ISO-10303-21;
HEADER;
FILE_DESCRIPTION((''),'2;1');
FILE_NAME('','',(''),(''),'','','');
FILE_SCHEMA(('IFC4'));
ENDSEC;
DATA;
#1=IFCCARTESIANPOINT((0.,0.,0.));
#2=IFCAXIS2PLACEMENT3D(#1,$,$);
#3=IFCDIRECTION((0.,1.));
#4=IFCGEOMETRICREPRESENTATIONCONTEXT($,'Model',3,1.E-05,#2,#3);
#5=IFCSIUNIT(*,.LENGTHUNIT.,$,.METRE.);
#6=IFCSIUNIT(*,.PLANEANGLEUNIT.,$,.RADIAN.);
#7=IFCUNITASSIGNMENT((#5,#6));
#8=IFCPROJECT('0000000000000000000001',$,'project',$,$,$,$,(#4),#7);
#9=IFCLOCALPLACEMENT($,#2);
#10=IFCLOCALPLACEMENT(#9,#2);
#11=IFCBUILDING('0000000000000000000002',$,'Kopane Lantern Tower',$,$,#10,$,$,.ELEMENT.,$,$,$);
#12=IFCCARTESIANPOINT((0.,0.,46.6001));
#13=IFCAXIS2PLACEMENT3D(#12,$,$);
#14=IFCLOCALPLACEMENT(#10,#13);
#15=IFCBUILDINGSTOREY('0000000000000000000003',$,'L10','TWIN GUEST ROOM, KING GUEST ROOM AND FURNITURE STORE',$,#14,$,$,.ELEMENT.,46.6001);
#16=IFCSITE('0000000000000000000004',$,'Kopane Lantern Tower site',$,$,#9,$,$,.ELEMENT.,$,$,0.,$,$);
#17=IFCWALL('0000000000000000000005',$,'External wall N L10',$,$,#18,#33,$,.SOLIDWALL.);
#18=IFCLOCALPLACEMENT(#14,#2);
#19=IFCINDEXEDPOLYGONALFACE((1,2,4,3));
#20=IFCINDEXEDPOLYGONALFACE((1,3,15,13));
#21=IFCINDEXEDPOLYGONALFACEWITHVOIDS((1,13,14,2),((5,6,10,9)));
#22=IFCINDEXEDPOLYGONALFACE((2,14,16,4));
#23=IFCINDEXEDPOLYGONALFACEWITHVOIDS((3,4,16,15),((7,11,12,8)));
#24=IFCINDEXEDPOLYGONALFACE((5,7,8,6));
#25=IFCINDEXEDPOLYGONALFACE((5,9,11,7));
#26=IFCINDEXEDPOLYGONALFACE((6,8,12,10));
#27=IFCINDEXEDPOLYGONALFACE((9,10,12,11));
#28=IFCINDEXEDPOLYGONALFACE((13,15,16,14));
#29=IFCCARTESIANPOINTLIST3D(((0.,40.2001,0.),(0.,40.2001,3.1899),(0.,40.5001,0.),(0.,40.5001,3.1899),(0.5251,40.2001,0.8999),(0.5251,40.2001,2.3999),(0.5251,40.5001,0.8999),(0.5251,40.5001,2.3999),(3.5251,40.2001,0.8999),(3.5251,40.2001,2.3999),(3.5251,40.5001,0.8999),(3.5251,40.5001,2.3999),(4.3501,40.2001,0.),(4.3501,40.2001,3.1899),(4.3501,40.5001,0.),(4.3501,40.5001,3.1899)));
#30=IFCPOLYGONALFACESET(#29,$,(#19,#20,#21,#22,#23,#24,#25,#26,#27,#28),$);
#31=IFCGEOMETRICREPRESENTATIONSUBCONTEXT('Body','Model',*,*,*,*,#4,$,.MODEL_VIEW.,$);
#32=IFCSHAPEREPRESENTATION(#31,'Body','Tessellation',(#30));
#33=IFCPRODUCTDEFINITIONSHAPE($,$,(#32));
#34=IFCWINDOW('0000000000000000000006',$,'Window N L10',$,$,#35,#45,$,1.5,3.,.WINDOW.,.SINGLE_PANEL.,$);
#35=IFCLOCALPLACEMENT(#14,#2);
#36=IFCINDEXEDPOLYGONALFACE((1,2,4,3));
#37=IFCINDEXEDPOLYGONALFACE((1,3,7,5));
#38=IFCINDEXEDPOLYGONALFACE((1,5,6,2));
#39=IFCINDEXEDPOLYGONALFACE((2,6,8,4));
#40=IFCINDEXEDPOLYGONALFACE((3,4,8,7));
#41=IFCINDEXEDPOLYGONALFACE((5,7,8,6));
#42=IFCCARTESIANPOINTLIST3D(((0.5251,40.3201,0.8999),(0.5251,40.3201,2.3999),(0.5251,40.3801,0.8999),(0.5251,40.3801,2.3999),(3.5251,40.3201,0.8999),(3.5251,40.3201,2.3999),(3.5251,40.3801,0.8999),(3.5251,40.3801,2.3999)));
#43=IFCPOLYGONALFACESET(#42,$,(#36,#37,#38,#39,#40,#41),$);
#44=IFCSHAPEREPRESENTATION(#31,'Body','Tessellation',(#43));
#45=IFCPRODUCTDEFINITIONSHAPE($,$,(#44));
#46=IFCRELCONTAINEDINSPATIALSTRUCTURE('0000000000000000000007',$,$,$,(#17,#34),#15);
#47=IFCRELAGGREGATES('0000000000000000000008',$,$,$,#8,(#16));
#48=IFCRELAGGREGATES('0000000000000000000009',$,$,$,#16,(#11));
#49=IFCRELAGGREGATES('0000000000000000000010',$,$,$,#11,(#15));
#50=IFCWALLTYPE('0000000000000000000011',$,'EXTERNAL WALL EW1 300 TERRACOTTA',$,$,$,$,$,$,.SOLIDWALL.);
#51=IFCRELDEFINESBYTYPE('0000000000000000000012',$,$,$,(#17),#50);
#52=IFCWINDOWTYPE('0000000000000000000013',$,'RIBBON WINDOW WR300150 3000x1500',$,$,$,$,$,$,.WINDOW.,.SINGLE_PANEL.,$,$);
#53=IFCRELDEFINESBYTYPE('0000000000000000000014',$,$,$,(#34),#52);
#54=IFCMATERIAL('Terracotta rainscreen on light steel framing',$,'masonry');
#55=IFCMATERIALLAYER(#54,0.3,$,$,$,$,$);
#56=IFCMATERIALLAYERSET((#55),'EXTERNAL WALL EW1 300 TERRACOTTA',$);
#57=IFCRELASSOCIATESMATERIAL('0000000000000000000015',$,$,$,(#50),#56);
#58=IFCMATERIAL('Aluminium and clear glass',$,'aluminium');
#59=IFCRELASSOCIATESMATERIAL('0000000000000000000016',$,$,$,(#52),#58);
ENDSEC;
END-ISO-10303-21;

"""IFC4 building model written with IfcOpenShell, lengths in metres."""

from ifc_helpers import new_model, si_unit, direction, frame, frame_2d, origin, place, context, subcontext, project, spatial, rectangle, extrude, material, layer, layer_set, type_object, element, fill, save


model = new_model("IFC4")

# Units and contexts
model_context = context("Model", 3, precision=1e-05, world=origin(), true_north=direction((0.0, 1.0)))
body_context = subcontext(model_context, "Body", "Model", "MODEL_VIEW")
ifc_project = project(units=[si_unit("LENGTHUNIT", "METRE"), si_unit("PLANEANGLEUNIT", "RADIAN")], contexts=[model_context])

# Site, building, storey
site_placement = place(None, origin())
site = spatial("IfcSite", under=ifc_project, at=site_placement, Name="Kopane Lantern Tower site", CompositionType="ELEMENT", RefElevation=0.0)
building_placement = place(site_placement, origin())
building = spatial("IfcBuilding", under=site, at=building_placement, Name="Kopane Lantern Tower", CompositionType="ELEMENT")
storey_placement = place(building_placement, frame((0.0, 0.0, 46.6001)))
storey = spatial("IfcBuildingStorey", under=building, at=storey_placement, Name="L10", Description="TWIN GUEST ROOM, KING GUEST ROOM AND FURNITURE STORE", CompositionType="ELEMENT", Elevation=46.6001)

# Wall, opening, window
ifc_material_1 = material(Name="Terracotta rainscreen on light steel framing", Category="masonry")
ifc_layer_1 = layer(ifc_material_1, 0.3)
ifc_layer_set_1 = layer_set([ifc_layer_1], Name="EXTERNAL WALL EW1 300 TERRACOTTA")
wall_type_1 = type_object("IfcWallType", Name="EXTERNAL WALL EW1 300 TERRACOTTA", PredefinedType="SOLIDWALL", material=ifc_layer_set_1)
wall_1_placement = place(storey_placement, frame((4.3501, 40.3501, 0.0), z_axis=(0.0, 0.0, 1.0), x_axis=(-1.0, 0.0, 0.0)))
wall_1 = element("IfcWall", 1, at=wall_1_placement, inside=storey, type_object=wall_type_1, Name="External wall N L10", PredefinedType="SOLIDWALL", context=body_context, shape_type="SweptSolid", body=[
    extrude(rectangle(XDim=4.3501, YDim=0.3, at=frame_2d((2.175, 0.0))), origin(), (0.0, 0.0, 1.0), 3.1899),
])
opening_1_placement = place(wall_1_placement, frame((0.825, 0.0, 0.8999)))
opening_1 = element("IfcOpeningElement", 2, at=opening_1_placement, cuts=wall_1, PredefinedType="OPENING", context=body_context, shape_type="SweptSolid", body=[
    extrude(rectangle(XDim=3.0, YDim=1.5, at=frame_2d((1.5, 0.75))), frame((0.0, 0.1599, 0.0), z_axis=(0.0, -1.0, 0.0), x_axis=(1.0, 0.0, 0.0)), (0.0, 0.0, 1.0), 0.3201),
])
ifc_material_2 = material(Name="Aluminium and clear glass", Category="aluminium")
window_type_1 = type_object("IfcWindowType", Name="RIBBON WINDOW WR300150 3000x1500", PartitioningType="SINGLE_PANEL", PredefinedType="WINDOW", material=ifc_material_2)
window_1_placement = place(opening_1_placement, origin())
window_1 = element("IfcWindow", 3, at=window_1_placement, inside=storey, type_object=window_type_1, Name="Window N L10", OverallHeight=1.5, OverallWidth=3.0, PartitioningType="SINGLE_PANEL", PredefinedType="WINDOW", context=body_context, shape_type="SweptSolid", body=[
    extrude(rectangle(XDim=3.0, YDim=1.5, at=frame_2d((1.5, 0.75))), frame((0.0, 0.03, 0.0), z_axis=(0.0, -1.0, 0.0), x_axis=(1.0, 0.0, 0.0)), (0.0, 0.0, 1.0), 0.0601),
])
fill(opening_1, window_1)

save(model, "model.ifc")
